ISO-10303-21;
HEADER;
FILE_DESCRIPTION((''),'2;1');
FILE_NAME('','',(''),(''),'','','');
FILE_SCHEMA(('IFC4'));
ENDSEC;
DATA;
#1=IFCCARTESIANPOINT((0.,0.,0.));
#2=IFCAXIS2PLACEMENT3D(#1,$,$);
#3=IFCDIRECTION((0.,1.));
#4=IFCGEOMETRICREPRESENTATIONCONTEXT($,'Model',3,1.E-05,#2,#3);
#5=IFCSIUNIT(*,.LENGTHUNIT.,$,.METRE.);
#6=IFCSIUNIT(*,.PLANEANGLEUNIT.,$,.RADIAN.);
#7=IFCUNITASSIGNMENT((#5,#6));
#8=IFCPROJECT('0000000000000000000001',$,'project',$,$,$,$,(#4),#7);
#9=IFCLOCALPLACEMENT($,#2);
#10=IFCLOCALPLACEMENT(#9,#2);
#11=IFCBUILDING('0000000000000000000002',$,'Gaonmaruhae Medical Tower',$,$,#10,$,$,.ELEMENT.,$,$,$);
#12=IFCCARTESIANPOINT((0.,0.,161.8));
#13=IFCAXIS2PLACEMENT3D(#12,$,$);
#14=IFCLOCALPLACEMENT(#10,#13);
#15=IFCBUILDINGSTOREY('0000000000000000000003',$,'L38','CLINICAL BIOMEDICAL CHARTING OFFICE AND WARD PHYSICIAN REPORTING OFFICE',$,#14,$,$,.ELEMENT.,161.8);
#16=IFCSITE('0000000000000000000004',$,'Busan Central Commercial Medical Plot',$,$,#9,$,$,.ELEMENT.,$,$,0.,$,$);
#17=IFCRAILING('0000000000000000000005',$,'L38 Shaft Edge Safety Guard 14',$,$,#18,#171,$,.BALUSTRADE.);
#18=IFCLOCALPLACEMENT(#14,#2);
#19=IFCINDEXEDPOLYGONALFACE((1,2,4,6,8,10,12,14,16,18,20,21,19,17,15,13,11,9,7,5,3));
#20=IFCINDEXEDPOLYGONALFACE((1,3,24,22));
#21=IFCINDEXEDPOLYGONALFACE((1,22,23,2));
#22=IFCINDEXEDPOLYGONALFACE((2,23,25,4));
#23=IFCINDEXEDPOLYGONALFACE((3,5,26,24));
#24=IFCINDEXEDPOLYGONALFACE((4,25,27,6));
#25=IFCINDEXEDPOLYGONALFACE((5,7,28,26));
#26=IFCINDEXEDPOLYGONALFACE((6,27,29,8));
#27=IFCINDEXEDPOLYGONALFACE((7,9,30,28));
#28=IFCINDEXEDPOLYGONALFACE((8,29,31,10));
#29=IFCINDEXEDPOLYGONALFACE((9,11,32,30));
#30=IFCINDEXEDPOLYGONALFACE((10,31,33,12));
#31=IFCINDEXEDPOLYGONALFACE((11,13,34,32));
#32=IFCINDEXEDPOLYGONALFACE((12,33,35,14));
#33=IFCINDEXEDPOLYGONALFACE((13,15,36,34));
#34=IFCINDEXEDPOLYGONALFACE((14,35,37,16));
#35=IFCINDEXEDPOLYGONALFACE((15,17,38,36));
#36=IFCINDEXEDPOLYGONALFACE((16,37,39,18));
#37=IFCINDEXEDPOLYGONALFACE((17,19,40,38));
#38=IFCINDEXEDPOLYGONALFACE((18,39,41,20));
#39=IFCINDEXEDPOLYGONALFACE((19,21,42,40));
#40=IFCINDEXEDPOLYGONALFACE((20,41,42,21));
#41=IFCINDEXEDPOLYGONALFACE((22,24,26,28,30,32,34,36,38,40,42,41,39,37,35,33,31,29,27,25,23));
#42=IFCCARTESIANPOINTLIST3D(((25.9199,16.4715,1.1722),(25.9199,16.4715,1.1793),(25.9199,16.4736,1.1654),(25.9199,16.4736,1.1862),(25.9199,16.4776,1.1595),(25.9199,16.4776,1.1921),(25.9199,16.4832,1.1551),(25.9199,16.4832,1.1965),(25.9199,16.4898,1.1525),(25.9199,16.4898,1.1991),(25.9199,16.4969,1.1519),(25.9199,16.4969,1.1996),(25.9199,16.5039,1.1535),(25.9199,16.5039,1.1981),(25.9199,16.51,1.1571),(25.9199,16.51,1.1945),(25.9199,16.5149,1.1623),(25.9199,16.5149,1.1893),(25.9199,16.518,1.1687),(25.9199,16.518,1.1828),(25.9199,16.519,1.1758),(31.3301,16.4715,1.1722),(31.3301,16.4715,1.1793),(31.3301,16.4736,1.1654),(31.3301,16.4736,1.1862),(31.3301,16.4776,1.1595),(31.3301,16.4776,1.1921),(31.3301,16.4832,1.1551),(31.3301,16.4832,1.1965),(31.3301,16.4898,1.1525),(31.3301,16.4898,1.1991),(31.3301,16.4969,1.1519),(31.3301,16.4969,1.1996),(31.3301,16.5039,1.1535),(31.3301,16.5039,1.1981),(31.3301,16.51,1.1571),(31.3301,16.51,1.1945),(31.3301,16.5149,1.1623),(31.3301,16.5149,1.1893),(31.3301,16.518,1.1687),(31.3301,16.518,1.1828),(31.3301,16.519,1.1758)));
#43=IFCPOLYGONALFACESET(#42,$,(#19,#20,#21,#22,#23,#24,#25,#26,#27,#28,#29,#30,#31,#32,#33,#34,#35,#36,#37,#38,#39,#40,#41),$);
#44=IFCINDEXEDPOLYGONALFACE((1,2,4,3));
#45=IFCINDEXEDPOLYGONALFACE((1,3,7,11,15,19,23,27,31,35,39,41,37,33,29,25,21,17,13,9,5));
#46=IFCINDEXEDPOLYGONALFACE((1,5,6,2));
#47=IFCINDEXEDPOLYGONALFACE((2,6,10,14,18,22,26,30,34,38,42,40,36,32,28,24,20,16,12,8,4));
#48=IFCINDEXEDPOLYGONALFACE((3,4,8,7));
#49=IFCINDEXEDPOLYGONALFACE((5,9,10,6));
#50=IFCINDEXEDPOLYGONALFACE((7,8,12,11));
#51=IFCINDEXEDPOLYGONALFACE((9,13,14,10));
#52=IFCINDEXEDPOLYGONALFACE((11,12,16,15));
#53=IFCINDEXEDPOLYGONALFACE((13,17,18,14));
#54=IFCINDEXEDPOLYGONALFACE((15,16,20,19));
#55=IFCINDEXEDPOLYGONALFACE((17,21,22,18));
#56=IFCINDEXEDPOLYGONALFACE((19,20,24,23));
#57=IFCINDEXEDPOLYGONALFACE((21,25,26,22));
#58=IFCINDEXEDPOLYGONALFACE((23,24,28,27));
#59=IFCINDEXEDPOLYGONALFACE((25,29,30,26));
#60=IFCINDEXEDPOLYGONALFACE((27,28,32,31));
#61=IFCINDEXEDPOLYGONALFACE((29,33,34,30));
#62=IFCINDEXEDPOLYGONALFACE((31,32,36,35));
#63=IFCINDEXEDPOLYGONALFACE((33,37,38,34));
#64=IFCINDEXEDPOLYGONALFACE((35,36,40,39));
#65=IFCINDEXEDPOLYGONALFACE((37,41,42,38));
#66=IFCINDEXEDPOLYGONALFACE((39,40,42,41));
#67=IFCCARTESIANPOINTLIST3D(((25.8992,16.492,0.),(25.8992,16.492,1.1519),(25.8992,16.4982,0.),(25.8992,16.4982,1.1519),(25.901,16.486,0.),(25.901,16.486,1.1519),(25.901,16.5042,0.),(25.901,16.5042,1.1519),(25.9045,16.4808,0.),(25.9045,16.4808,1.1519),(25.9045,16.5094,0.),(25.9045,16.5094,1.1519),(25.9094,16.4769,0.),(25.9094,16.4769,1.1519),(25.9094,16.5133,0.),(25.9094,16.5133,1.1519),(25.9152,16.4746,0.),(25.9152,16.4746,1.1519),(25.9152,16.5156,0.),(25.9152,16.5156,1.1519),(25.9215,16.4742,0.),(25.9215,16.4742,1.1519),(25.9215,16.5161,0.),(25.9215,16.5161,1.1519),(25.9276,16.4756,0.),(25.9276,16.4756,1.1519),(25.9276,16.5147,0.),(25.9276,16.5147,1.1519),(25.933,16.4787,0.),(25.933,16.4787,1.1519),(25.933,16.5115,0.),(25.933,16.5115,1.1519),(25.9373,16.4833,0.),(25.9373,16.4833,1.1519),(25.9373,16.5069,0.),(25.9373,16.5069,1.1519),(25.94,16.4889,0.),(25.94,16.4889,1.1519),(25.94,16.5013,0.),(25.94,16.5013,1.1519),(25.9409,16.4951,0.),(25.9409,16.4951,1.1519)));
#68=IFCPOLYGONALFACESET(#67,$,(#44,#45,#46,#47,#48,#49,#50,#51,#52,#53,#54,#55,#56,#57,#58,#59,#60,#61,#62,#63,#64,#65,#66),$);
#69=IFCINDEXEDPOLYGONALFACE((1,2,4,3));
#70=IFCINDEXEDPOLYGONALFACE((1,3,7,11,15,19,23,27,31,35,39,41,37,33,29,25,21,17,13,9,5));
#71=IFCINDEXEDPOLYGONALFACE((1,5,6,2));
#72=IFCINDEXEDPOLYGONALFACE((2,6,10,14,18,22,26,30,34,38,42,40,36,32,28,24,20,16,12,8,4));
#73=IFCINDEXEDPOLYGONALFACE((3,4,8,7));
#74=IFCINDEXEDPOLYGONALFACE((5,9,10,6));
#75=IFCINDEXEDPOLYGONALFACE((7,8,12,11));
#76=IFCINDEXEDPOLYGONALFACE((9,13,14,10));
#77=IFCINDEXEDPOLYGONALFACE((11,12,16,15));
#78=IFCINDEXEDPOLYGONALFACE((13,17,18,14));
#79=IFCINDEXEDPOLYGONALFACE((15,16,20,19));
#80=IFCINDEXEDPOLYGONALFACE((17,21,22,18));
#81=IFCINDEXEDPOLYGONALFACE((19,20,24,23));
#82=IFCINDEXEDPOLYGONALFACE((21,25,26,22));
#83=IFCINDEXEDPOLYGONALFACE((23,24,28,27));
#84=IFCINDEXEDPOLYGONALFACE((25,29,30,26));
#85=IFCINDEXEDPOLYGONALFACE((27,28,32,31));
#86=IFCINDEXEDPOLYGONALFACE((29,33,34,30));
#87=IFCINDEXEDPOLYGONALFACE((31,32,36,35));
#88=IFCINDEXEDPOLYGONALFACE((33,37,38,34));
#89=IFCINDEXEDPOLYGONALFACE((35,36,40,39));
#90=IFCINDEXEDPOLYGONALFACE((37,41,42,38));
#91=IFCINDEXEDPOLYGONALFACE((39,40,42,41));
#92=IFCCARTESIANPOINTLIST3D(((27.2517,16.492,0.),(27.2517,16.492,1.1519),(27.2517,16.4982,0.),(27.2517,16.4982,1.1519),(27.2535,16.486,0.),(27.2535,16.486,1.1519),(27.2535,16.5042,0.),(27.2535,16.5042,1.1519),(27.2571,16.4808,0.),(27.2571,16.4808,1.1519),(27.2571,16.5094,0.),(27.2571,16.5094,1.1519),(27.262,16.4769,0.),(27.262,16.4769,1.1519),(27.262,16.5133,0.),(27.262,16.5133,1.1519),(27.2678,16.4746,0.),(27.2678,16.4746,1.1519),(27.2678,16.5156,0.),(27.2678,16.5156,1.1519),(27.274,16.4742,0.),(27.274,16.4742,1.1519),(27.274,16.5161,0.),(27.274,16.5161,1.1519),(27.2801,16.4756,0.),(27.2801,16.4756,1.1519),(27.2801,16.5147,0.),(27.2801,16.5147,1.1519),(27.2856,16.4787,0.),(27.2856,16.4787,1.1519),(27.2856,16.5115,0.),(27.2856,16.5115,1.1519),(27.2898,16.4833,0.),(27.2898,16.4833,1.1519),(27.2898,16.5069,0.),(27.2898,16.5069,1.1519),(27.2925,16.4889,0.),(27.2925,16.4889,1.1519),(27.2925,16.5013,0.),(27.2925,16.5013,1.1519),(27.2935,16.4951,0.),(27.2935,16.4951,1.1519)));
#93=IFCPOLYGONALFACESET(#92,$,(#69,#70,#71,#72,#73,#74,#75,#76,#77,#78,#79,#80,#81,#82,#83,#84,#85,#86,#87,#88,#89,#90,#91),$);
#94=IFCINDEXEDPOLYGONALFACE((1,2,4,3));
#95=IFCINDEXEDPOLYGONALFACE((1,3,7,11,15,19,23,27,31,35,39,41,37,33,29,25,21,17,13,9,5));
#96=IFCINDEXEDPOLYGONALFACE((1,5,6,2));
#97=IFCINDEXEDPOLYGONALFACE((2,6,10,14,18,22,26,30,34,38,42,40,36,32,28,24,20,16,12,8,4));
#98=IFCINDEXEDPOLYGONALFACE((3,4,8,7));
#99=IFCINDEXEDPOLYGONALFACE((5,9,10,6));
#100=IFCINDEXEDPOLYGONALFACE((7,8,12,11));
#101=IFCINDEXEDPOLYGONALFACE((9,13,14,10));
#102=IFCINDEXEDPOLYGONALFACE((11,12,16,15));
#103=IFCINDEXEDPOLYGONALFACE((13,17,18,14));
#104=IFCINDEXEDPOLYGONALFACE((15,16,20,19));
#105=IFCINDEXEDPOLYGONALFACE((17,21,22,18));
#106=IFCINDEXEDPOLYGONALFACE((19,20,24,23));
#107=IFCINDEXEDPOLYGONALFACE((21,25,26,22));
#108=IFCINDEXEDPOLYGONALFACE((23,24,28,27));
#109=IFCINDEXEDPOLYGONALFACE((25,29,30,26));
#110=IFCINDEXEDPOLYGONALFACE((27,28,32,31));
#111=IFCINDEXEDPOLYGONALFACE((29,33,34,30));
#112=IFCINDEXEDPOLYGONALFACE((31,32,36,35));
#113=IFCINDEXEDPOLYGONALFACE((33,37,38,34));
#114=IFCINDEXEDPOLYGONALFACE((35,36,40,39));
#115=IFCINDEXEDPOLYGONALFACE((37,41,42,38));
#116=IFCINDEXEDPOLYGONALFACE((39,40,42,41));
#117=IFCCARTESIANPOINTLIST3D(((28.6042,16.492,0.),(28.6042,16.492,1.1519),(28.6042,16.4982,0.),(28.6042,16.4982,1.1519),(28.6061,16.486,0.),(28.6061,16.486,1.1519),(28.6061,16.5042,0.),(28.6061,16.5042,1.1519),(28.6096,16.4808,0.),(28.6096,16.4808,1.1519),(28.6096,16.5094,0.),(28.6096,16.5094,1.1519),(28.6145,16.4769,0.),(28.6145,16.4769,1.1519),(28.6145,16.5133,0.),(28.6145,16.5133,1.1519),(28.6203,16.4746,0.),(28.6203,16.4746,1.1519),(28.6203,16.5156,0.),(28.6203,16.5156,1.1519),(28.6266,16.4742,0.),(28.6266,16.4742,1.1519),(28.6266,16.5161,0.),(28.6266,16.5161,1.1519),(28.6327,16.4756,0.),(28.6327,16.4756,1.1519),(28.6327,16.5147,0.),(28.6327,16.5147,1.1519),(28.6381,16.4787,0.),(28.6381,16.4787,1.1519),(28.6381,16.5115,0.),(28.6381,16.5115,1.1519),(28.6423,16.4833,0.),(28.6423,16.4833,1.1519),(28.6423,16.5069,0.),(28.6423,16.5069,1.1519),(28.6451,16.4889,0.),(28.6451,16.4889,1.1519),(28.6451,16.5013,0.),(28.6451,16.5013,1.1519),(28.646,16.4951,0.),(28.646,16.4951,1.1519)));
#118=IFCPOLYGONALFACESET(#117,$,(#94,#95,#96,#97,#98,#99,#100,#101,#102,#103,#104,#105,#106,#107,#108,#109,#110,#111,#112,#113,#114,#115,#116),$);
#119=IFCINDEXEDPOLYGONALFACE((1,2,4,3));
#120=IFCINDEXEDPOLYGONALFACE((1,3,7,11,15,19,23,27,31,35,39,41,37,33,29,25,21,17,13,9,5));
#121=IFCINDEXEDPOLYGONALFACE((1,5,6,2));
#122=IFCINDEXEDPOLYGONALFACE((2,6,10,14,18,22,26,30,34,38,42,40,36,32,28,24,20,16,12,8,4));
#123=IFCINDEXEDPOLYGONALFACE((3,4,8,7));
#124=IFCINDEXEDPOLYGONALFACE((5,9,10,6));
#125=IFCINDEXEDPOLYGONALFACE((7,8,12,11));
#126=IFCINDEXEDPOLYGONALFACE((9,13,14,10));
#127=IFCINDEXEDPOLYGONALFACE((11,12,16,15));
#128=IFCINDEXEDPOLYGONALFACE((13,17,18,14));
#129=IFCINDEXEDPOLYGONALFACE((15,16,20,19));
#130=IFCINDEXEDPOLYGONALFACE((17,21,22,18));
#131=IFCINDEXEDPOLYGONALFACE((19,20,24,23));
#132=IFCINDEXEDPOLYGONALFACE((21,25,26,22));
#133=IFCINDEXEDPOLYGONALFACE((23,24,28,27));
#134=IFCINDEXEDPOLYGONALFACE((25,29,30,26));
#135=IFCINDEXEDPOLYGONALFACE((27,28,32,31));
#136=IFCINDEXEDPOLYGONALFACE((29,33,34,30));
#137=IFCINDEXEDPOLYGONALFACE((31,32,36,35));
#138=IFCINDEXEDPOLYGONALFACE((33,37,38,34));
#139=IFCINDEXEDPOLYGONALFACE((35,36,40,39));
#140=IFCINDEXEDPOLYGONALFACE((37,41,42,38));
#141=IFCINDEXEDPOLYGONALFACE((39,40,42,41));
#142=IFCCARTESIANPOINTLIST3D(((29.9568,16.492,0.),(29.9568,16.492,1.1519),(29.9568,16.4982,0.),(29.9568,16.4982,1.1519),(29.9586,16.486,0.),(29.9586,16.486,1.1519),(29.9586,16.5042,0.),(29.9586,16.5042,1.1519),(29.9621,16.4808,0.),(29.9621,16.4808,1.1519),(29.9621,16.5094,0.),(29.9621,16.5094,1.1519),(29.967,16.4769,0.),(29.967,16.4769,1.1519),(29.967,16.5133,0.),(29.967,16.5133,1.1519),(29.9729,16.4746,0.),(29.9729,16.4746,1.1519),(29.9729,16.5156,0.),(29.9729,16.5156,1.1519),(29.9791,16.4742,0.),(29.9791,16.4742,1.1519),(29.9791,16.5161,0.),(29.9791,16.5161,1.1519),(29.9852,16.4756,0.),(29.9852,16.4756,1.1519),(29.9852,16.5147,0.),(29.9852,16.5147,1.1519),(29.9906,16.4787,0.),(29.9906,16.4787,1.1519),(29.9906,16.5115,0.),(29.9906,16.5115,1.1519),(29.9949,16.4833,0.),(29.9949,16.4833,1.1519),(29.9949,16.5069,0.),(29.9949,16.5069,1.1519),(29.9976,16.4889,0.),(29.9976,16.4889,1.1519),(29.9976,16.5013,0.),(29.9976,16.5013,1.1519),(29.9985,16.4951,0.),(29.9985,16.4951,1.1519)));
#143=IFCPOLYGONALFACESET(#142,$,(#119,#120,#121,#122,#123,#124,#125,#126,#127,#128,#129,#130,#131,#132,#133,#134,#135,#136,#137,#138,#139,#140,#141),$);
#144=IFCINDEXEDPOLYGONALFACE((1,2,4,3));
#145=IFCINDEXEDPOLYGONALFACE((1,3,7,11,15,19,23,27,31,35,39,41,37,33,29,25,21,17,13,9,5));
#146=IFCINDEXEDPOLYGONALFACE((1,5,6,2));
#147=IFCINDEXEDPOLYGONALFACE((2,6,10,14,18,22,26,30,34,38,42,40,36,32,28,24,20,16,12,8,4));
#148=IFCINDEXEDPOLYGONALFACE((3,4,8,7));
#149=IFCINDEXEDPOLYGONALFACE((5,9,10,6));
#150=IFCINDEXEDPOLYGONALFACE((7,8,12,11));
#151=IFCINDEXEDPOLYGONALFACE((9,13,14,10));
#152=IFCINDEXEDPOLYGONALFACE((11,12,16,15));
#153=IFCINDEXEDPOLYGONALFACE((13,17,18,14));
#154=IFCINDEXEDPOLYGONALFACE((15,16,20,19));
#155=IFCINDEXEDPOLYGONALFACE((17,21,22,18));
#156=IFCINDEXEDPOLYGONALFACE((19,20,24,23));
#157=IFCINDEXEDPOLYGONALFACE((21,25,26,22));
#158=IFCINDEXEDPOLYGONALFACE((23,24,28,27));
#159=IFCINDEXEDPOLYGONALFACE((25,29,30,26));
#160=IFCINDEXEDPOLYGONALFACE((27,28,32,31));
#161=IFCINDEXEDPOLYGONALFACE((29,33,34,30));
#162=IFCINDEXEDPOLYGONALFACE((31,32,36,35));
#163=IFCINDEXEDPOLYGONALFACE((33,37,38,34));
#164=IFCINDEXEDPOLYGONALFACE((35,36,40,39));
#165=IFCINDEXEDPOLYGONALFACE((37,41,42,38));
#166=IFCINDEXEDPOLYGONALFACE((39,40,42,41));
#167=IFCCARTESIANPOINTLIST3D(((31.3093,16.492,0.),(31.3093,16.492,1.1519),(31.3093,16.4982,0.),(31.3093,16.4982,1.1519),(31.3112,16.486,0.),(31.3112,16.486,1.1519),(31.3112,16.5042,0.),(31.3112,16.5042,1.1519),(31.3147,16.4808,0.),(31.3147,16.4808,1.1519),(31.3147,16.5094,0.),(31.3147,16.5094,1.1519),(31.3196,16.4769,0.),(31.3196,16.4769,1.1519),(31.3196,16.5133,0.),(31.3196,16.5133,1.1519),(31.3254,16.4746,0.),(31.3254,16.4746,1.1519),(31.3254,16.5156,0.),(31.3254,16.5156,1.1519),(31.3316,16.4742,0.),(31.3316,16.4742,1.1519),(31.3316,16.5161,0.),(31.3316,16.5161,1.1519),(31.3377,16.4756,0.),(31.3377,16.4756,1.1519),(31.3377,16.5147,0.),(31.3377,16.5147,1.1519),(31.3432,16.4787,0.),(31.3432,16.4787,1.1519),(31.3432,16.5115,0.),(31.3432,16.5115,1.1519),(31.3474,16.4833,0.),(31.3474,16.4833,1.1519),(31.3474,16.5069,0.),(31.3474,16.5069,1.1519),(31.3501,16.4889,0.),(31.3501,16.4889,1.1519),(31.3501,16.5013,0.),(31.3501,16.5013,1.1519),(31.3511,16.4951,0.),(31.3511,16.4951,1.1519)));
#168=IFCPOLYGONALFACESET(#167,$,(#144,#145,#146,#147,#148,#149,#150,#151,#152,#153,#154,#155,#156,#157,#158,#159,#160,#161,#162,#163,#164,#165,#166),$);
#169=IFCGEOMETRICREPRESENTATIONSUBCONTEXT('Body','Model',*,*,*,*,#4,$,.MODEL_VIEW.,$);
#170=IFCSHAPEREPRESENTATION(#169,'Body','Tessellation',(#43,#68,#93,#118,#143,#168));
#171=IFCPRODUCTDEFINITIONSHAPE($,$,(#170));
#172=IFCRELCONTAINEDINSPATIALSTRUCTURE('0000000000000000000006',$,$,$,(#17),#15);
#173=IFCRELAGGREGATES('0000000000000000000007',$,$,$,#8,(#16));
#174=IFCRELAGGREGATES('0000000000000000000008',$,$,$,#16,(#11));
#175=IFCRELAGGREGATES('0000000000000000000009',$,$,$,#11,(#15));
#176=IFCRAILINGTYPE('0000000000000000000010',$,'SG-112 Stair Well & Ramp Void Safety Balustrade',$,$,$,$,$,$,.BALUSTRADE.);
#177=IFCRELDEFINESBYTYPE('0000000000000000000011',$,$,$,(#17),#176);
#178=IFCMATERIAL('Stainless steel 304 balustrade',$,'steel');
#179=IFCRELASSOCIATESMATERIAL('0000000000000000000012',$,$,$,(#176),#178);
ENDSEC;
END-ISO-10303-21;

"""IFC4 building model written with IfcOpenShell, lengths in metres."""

from ifc_helpers import new_model, si_unit, direction, frame, origin, origin_2d, place, context, subcontext, project, spatial, circle, extrude, material, type_object, element, save


model = new_model("IFC4")

# Units and contexts
model_context = context("Model", 3, precision=1e-05, world=origin(), true_north=direction((0.0, 1.0)))
body_context = subcontext(model_context, "Body", "Model", "MODEL_VIEW")
ifc_project = project(units=[si_unit("LENGTHUNIT", "METRE"), si_unit("PLANEANGLEUNIT", "RADIAN")], contexts=[model_context])

# Site, building, storey
site_placement = place(None, origin())
site = spatial("IfcSite", under=ifc_project, at=site_placement, Name="Busan Central Commercial Medical Plot", CompositionType="ELEMENT", RefElevation=0.0)
building_placement = place(site_placement, origin())
building = spatial("IfcBuilding", under=site, at=building_placement, Name="Gaonmaruhae Medical Tower", CompositionType="ELEMENT")
storey_placement = place(building_placement, frame((0.0, 0.0, 161.8)))
storey = spatial("IfcBuildingStorey", under=building, at=storey_placement, Name="L38", Description="CLINICAL BIOMEDICAL CHARTING OFFICE AND WARD PHYSICIAN REPORTING OFFICE", CompositionType="ELEMENT", Elevation=161.8)

# Railing
ifc_material_1 = material(Name="Stainless steel 304 balustrade", Category="steel")
railing_type = type_object("IfcRailingType", Name="SG-112 Stair Well & Ramp Void Safety Balustrade", PredefinedType="BALUSTRADE", material=ifc_material_1)
railing_1_placement = place(storey_placement, frame((25.9199, 16.4951, 0.0)))
element("IfcRailing", 1, at=railing_1_placement, inside=storey, type_object=railing_type, Name="L38 Shaft Edge Safety Guard 14", PredefinedType="BALUSTRADE", context=body_context, shape_type="SweptSolid", body=[
    extrude(circle(Radius=0.0239, at=origin_2d()), frame((0.0, 0.0, 1.1758), z_axis=(1.0, 0.0, 0.0), x_axis=(0.0, 1.0, 0.0)), (0.0, 0.0, 1.0), 5.4102),
    extrude(circle(Radius=0.021, at=origin_2d()), origin(), (0.0, 0.0, 1.0), 1.1519),
    extrude(circle(Radius=0.021, at=origin_2d()), frame((1.3525, 0.0, 0.0)), (0.0, 0.0, 1.0), 1.1519),
    extrude(circle(Radius=0.021, at=origin_2d()), frame((2.7051, 0.0, 0.0)), (0.0, 0.0, 1.0), 1.1519),
    extrude(circle(Radius=0.021, at=origin_2d()), frame((4.0576, 0.0, 0.0)), (0.0, 0.0, 1.0), 1.1519),
    extrude(circle(Radius=0.021, at=origin_2d()), frame((5.4102, 0.0, 0.0)), (0.0, 0.0, 1.0), 1.1519),
])

save(model, "model.ifc")
